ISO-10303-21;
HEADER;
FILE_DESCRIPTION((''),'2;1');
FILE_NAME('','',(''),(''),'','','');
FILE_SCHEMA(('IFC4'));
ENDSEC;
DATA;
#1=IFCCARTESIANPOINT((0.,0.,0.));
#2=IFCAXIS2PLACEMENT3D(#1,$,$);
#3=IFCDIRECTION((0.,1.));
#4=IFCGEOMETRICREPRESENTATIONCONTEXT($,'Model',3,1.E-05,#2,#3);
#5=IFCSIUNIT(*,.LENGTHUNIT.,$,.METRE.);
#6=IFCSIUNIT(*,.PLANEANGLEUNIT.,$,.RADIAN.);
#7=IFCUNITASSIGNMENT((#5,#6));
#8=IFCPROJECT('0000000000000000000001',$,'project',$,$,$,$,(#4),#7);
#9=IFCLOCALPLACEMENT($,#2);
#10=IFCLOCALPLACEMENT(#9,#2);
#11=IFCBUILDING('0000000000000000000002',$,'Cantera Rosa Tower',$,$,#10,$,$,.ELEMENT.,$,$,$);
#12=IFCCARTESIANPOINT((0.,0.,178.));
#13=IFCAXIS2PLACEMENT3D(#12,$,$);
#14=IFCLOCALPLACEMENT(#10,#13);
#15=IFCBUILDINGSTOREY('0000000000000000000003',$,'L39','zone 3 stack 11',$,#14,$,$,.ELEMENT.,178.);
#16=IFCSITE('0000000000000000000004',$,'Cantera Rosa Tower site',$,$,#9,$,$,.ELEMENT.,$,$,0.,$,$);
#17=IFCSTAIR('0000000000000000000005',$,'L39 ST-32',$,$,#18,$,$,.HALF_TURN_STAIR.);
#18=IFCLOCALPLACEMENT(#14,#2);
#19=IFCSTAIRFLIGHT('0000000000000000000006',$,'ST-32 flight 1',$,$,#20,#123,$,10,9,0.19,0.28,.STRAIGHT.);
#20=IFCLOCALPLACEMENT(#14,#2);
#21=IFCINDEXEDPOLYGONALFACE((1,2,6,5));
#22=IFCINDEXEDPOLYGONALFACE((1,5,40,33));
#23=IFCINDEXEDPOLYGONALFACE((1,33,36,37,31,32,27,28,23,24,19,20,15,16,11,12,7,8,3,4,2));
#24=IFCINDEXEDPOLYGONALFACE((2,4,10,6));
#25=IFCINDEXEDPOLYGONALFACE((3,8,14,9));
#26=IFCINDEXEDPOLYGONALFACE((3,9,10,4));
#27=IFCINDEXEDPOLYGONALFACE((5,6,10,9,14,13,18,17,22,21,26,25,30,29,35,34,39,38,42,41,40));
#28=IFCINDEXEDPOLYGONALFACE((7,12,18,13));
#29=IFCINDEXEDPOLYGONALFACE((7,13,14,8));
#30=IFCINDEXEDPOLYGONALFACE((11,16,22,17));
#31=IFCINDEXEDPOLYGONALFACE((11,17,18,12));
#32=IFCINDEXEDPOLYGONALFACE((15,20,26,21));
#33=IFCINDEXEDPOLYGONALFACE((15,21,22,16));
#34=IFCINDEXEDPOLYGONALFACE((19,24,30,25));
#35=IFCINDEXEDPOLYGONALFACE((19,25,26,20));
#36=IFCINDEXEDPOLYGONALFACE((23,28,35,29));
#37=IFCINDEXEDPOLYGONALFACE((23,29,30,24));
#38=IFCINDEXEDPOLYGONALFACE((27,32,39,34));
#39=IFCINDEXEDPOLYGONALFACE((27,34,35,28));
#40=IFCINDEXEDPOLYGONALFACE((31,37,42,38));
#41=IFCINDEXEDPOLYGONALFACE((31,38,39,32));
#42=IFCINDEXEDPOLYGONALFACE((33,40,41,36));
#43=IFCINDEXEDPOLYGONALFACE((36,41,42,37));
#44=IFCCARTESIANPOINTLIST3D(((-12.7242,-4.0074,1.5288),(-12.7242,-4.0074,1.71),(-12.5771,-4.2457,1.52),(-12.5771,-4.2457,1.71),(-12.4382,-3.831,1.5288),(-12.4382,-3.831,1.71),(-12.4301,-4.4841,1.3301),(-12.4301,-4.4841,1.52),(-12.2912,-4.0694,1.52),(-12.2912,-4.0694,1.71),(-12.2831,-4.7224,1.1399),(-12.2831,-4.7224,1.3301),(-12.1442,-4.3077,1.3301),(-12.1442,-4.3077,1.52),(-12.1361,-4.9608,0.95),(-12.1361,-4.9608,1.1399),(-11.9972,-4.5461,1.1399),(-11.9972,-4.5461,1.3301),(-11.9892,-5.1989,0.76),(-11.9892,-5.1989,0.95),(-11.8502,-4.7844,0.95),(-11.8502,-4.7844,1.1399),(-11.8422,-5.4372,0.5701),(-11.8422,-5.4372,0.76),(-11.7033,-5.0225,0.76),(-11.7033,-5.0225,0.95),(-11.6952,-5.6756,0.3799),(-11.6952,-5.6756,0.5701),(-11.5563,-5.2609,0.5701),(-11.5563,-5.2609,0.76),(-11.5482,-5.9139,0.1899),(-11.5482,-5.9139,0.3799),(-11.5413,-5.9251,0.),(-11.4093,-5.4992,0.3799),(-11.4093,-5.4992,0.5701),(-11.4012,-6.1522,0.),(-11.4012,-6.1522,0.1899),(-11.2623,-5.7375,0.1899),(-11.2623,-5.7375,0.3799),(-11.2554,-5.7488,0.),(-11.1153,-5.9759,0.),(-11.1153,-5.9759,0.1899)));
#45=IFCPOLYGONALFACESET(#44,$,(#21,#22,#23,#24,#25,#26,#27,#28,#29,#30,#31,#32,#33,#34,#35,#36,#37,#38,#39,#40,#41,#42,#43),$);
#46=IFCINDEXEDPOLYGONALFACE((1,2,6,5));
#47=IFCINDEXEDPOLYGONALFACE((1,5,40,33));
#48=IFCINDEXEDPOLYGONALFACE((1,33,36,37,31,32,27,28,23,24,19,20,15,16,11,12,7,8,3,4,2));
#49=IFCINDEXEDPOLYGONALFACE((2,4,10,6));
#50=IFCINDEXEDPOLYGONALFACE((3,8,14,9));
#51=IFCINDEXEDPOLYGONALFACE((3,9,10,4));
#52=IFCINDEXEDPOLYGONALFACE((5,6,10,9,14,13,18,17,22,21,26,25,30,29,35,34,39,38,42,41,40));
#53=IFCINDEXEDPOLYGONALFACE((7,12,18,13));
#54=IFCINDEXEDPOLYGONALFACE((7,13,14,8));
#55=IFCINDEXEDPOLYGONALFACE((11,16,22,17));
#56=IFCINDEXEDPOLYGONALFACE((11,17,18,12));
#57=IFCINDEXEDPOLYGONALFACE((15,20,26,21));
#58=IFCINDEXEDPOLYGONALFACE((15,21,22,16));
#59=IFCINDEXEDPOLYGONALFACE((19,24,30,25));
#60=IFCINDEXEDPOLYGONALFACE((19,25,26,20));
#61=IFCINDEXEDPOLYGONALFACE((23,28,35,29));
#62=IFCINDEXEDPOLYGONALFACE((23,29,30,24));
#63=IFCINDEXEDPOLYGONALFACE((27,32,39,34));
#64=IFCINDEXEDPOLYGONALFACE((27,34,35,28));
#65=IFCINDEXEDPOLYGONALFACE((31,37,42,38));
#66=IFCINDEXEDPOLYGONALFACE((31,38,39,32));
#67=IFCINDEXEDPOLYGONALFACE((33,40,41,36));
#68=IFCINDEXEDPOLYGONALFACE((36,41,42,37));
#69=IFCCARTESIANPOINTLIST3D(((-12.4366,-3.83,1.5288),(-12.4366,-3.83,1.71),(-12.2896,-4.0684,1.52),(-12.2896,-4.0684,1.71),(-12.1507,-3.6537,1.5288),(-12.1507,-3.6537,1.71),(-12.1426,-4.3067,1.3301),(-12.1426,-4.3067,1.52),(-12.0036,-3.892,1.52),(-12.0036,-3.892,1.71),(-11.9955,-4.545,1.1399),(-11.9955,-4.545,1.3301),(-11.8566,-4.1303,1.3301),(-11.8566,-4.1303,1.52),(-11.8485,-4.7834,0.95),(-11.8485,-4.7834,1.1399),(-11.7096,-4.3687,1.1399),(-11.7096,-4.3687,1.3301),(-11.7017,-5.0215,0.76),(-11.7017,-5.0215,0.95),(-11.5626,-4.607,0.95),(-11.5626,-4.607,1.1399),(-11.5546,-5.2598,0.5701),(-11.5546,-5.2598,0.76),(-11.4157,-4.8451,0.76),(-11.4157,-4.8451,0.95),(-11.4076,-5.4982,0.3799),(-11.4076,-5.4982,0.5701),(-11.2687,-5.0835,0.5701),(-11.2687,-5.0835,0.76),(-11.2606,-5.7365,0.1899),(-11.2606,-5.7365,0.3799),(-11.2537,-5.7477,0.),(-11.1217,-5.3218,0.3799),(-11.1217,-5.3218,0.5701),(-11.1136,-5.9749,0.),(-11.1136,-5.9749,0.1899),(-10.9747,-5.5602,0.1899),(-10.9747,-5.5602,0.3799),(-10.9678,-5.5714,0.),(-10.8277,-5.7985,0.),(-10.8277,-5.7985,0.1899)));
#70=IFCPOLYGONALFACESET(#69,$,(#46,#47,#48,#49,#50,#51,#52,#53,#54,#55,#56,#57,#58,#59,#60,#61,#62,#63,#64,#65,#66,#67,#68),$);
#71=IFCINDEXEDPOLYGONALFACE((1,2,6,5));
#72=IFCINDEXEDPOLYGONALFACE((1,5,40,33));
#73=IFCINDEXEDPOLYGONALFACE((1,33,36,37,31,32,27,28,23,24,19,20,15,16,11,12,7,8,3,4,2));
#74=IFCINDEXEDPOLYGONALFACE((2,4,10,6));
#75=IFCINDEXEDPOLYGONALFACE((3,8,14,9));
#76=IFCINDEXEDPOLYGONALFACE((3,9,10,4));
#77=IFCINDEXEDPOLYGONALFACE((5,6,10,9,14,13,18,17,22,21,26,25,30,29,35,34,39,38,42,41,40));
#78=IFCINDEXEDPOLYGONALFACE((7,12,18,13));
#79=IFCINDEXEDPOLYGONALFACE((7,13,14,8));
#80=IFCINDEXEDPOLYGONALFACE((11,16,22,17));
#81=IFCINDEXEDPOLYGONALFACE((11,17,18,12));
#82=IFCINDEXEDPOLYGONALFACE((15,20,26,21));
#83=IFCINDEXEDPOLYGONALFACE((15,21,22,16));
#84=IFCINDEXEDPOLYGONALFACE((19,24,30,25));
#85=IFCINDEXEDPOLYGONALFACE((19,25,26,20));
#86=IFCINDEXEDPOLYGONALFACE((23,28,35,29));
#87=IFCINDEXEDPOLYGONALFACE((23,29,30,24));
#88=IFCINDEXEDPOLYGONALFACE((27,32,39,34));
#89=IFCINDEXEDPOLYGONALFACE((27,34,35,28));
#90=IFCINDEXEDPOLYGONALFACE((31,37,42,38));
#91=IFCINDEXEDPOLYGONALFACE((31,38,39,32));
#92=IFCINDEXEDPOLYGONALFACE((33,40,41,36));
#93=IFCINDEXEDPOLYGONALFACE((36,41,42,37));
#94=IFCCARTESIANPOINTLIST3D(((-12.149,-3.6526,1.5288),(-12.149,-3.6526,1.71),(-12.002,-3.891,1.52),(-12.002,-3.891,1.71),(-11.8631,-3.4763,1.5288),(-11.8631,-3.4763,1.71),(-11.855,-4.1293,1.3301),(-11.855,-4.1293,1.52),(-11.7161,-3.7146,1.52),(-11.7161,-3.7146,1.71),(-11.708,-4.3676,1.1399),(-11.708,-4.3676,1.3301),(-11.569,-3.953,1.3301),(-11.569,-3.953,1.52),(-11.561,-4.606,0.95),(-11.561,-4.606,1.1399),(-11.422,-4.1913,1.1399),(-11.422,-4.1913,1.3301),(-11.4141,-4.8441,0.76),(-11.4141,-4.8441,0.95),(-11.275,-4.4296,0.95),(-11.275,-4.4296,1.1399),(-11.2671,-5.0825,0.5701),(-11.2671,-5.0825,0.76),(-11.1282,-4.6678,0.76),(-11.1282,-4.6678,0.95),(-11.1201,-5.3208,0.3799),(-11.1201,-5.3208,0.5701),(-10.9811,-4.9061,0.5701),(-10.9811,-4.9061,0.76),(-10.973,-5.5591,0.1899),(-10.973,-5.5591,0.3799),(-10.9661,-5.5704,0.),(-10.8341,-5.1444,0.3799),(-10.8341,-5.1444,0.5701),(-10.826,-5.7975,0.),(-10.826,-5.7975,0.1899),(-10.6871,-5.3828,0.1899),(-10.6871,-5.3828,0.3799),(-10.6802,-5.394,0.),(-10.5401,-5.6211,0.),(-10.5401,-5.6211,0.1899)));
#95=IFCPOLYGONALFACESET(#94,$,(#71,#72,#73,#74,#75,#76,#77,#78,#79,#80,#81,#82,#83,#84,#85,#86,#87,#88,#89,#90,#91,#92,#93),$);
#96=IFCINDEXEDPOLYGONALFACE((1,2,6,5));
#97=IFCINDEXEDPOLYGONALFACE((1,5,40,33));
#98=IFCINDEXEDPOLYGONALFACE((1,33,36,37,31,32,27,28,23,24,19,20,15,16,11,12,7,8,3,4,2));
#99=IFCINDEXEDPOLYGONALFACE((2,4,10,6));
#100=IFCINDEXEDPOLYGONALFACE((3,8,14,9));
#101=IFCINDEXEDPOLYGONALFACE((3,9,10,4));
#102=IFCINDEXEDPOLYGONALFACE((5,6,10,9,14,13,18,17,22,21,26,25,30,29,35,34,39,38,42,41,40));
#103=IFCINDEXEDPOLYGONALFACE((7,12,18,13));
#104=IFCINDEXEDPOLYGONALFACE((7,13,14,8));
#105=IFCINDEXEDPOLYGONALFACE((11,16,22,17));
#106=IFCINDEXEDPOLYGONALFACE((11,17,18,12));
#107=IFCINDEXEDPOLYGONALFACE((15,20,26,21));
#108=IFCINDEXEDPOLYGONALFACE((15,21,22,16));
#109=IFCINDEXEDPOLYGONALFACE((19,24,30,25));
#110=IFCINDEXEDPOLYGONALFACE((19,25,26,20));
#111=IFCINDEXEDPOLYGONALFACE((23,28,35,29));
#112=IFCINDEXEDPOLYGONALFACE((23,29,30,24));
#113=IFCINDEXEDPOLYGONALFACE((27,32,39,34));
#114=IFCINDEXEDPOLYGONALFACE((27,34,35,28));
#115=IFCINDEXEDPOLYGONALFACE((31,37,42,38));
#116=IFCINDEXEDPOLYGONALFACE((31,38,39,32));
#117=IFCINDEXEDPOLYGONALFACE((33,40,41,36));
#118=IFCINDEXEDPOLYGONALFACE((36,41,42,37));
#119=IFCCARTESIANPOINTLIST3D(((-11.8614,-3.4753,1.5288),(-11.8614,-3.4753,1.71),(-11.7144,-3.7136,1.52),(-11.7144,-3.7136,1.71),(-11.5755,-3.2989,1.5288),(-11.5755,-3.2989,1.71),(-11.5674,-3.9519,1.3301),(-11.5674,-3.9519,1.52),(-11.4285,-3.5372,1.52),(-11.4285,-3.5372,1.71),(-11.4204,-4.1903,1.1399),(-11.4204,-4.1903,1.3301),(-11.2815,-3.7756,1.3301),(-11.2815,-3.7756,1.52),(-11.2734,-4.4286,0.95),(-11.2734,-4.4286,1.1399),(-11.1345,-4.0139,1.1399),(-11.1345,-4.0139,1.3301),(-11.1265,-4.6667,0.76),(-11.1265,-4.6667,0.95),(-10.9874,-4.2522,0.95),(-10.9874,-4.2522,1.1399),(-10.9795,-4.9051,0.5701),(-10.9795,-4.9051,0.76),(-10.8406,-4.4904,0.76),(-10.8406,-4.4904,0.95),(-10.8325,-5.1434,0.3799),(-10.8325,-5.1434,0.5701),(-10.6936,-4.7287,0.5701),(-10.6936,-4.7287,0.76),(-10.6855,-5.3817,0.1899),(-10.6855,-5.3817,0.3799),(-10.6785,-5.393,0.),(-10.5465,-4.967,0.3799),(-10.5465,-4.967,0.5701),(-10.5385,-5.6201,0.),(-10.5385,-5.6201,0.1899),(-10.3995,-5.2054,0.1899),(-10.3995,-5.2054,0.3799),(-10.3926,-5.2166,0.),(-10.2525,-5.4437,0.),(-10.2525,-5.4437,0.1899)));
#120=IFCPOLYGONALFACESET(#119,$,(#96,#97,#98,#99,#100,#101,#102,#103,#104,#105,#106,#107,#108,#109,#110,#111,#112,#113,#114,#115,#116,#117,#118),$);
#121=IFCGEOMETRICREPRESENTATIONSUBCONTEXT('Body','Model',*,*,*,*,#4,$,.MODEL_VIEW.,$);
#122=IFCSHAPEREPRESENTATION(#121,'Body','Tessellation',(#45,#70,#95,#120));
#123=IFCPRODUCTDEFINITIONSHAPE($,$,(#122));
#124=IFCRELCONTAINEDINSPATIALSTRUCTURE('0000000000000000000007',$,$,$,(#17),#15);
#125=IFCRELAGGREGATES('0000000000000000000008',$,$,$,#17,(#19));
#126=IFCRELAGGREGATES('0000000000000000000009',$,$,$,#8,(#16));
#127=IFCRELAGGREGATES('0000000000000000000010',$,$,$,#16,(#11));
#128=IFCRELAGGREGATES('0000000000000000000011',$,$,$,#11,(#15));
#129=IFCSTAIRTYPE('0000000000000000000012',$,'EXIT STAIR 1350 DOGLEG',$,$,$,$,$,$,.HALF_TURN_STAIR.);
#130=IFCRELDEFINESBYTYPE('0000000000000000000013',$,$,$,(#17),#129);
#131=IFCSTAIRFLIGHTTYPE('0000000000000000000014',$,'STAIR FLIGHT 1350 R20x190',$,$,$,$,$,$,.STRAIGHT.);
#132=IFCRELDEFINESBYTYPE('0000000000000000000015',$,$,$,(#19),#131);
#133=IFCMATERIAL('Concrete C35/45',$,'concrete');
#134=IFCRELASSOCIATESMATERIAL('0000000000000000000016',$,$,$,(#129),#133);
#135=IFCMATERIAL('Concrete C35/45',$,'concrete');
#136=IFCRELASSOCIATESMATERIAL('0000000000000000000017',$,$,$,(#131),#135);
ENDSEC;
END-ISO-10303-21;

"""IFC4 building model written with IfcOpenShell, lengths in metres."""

from ifc_helpers import new_model, si_unit, direction, frame, origin, place, context, subcontext, project, spatial, polyline, outline, extrude, material, type_object, element, aggregate, save


model = new_model("IFC4")

# Units and contexts
model_context = context("Model", 3, precision=1e-05, world=origin(), true_north=direction((0.0, 1.0)))
body_context = subcontext(model_context, "Body", "Model", "MODEL_VIEW")
ifc_project = project(units=[si_unit("LENGTHUNIT", "METRE"), si_unit("PLANEANGLEUNIT", "RADIAN")], contexts=[model_context])

# Site, building, storey
site_placement = place(None, origin())
site = spatial("IfcSite", under=ifc_project, at=site_placement, Name="Cantera Rosa Tower site", CompositionType="ELEMENT", RefElevation=0.0)
building_placement = place(site_placement, origin())
building = spatial("IfcBuilding", under=site, at=building_placement, Name="Cantera Rosa Tower", CompositionType="ELEMENT")
storey_placement = place(building_placement, frame((0.0, 0.0, 178.0)))
storey = spatial("IfcBuildingStorey", under=building, at=storey_placement, Name="L39", Description="zone 3 stack 11", CompositionType="ELEMENT", Elevation=178.0)

# Stair, stair flight
ifc_material_1 = material(Name="Concrete C35/45", Category="concrete")
stair_type = type_object("IfcStairType", Name="EXIT STAIR 1350 DOGLEG", PredefinedType="HALF_TURN_STAIR", material=ifc_material_1)
stair_1_placement = place(storey_placement, origin())
stair_1 = element("IfcStair", 1, at=stair_1_placement, inside=storey, type_object=stair_type, Name="L39 ST-32", PredefinedType="HALF_TURN_STAIR")
ifc_material_2 = material(Name="Concrete C35/45", Category="concrete")
stair_flight_type = type_object("IfcStairFlightType", Name="STAIR FLIGHT 1350 R20x190", PredefinedType="STRAIGHT", material=ifc_material_2)
stair_flight_1_placement = place(storey_placement, frame((-10.8267, -5.7979, 0.0), z_axis=(0.0, 0.0, 1.0), x_axis=(-0.524977, 0.851117, 0.0)))
stair_flight_1 = element("IfcStairFlight", 2, at=stair_flight_1_placement, type_object=stair_flight_type, Name="ST-32 flight 1", NumberOfRisers=10, NumberOfTreads=9, PredefinedType="STRAIGHT", RiserHeight=0.19, TreadLength=0.28, context=body_context, shape_type="SweptSolid", body=[
    extrude(outline(polyline([(0.0, 0.0), (0.0, 0.1899), (0.28, 0.1899), (0.28, 0.3799), (0.5601, 0.3799), (0.5601, 0.5701), (0.8401, 0.5701), (0.8401, 0.76), (1.1201, 0.76), (1.1201, 0.95), (1.3999, 0.95), (1.3999, 1.1399), (1.6799, 1.1399), (1.6799, 1.3301), (1.96, 1.3301), (1.96, 1.52), (2.24, 1.52), (2.24, 1.71), (2.52, 1.71), (2.52, 1.8999), (2.52, 1.5288), (0.2668, 0.0), (0.0, 0.0)])), frame((0.0, 0.675, 0.0), z_axis=(0.0, -1.0, 0.0), x_axis=(1.0, 0.0, 0.0)), (0.0, 0.0, 1.0), 0.3359),
    extrude(outline(polyline([(0.0, 0.0), (0.0, 0.1899), (0.28, 0.1899), (0.28, 0.3799), (0.5601, 0.3799), (0.5601, 0.5701), (0.8401, 0.5701), (0.8401, 0.76), (1.1201, 0.76), (1.1201, 0.95), (1.3999, 0.95), (1.3999, 1.1399), (1.6799, 1.1399), (1.6799, 1.3301), (1.96, 1.3301), (1.96, 1.52), (2.24, 1.52), (2.24, 1.71), (2.52, 1.71), (2.52, 1.8999), (2.52, 1.5288), (0.2668, 0.0), (0.0, 0.0)])), frame((0.0, 0.3372, 0.0), z_axis=(0.0, -1.0, 0.0), x_axis=(1.0, 0.0, 0.0)), (0.0, 0.0, 1.0), 0.3359),
    extrude(outline(polyline([(0.0, 0.0), (0.0, 0.1899), (0.28, 0.1899), (0.28, 0.3799), (0.5601, 0.3799), (0.5601, 0.5701), (0.8401, 0.5701), (0.8401, 0.76), (1.1201, 0.76), (1.1201, 0.95), (1.3999, 0.95), (1.3999, 1.1399), (1.6799, 1.1399), (1.6799, 1.3301), (1.96, 1.3301), (1.96, 1.52), (2.24, 1.52), (2.24, 1.71), (2.52, 1.71), (2.52, 1.8999), (2.52, 1.5288), (0.2668, 0.0), (0.0, 0.0)])), frame((0.0, -0.0007, 0.0), z_axis=(0.0, -1.0, 0.0), x_axis=(1.0, 0.0, 0.0)), (0.0, 0.0, 1.0), 0.3359),
    extrude(outline(polyline([(0.0, 0.0), (0.0, 0.1899), (0.28, 0.1899), (0.28, 0.3799), (0.5601, 0.3799), (0.5601, 0.5701), (0.8401, 0.5701), (0.8401, 0.76), (1.1201, 0.76), (1.1201, 0.95), (1.3999, 0.95), (1.3999, 1.1399), (1.6799, 1.1399), (1.6799, 1.3301), (1.96, 1.3301), (1.96, 1.52), (2.24, 1.52), (2.24, 1.71), (2.52, 1.71), (2.52, 1.8999), (2.52, 1.5288), (0.2668, 0.0), (0.0, 0.0)])), frame((0.0, -0.3386, 0.0), z_axis=(0.0, -1.0, 0.0), x_axis=(1.0, 0.0, 0.0)), (0.0, 0.0, 1.0), 0.3359),
])
aggregate(stair_1, [stair_flight_1])

save(model, "model.ifc")
